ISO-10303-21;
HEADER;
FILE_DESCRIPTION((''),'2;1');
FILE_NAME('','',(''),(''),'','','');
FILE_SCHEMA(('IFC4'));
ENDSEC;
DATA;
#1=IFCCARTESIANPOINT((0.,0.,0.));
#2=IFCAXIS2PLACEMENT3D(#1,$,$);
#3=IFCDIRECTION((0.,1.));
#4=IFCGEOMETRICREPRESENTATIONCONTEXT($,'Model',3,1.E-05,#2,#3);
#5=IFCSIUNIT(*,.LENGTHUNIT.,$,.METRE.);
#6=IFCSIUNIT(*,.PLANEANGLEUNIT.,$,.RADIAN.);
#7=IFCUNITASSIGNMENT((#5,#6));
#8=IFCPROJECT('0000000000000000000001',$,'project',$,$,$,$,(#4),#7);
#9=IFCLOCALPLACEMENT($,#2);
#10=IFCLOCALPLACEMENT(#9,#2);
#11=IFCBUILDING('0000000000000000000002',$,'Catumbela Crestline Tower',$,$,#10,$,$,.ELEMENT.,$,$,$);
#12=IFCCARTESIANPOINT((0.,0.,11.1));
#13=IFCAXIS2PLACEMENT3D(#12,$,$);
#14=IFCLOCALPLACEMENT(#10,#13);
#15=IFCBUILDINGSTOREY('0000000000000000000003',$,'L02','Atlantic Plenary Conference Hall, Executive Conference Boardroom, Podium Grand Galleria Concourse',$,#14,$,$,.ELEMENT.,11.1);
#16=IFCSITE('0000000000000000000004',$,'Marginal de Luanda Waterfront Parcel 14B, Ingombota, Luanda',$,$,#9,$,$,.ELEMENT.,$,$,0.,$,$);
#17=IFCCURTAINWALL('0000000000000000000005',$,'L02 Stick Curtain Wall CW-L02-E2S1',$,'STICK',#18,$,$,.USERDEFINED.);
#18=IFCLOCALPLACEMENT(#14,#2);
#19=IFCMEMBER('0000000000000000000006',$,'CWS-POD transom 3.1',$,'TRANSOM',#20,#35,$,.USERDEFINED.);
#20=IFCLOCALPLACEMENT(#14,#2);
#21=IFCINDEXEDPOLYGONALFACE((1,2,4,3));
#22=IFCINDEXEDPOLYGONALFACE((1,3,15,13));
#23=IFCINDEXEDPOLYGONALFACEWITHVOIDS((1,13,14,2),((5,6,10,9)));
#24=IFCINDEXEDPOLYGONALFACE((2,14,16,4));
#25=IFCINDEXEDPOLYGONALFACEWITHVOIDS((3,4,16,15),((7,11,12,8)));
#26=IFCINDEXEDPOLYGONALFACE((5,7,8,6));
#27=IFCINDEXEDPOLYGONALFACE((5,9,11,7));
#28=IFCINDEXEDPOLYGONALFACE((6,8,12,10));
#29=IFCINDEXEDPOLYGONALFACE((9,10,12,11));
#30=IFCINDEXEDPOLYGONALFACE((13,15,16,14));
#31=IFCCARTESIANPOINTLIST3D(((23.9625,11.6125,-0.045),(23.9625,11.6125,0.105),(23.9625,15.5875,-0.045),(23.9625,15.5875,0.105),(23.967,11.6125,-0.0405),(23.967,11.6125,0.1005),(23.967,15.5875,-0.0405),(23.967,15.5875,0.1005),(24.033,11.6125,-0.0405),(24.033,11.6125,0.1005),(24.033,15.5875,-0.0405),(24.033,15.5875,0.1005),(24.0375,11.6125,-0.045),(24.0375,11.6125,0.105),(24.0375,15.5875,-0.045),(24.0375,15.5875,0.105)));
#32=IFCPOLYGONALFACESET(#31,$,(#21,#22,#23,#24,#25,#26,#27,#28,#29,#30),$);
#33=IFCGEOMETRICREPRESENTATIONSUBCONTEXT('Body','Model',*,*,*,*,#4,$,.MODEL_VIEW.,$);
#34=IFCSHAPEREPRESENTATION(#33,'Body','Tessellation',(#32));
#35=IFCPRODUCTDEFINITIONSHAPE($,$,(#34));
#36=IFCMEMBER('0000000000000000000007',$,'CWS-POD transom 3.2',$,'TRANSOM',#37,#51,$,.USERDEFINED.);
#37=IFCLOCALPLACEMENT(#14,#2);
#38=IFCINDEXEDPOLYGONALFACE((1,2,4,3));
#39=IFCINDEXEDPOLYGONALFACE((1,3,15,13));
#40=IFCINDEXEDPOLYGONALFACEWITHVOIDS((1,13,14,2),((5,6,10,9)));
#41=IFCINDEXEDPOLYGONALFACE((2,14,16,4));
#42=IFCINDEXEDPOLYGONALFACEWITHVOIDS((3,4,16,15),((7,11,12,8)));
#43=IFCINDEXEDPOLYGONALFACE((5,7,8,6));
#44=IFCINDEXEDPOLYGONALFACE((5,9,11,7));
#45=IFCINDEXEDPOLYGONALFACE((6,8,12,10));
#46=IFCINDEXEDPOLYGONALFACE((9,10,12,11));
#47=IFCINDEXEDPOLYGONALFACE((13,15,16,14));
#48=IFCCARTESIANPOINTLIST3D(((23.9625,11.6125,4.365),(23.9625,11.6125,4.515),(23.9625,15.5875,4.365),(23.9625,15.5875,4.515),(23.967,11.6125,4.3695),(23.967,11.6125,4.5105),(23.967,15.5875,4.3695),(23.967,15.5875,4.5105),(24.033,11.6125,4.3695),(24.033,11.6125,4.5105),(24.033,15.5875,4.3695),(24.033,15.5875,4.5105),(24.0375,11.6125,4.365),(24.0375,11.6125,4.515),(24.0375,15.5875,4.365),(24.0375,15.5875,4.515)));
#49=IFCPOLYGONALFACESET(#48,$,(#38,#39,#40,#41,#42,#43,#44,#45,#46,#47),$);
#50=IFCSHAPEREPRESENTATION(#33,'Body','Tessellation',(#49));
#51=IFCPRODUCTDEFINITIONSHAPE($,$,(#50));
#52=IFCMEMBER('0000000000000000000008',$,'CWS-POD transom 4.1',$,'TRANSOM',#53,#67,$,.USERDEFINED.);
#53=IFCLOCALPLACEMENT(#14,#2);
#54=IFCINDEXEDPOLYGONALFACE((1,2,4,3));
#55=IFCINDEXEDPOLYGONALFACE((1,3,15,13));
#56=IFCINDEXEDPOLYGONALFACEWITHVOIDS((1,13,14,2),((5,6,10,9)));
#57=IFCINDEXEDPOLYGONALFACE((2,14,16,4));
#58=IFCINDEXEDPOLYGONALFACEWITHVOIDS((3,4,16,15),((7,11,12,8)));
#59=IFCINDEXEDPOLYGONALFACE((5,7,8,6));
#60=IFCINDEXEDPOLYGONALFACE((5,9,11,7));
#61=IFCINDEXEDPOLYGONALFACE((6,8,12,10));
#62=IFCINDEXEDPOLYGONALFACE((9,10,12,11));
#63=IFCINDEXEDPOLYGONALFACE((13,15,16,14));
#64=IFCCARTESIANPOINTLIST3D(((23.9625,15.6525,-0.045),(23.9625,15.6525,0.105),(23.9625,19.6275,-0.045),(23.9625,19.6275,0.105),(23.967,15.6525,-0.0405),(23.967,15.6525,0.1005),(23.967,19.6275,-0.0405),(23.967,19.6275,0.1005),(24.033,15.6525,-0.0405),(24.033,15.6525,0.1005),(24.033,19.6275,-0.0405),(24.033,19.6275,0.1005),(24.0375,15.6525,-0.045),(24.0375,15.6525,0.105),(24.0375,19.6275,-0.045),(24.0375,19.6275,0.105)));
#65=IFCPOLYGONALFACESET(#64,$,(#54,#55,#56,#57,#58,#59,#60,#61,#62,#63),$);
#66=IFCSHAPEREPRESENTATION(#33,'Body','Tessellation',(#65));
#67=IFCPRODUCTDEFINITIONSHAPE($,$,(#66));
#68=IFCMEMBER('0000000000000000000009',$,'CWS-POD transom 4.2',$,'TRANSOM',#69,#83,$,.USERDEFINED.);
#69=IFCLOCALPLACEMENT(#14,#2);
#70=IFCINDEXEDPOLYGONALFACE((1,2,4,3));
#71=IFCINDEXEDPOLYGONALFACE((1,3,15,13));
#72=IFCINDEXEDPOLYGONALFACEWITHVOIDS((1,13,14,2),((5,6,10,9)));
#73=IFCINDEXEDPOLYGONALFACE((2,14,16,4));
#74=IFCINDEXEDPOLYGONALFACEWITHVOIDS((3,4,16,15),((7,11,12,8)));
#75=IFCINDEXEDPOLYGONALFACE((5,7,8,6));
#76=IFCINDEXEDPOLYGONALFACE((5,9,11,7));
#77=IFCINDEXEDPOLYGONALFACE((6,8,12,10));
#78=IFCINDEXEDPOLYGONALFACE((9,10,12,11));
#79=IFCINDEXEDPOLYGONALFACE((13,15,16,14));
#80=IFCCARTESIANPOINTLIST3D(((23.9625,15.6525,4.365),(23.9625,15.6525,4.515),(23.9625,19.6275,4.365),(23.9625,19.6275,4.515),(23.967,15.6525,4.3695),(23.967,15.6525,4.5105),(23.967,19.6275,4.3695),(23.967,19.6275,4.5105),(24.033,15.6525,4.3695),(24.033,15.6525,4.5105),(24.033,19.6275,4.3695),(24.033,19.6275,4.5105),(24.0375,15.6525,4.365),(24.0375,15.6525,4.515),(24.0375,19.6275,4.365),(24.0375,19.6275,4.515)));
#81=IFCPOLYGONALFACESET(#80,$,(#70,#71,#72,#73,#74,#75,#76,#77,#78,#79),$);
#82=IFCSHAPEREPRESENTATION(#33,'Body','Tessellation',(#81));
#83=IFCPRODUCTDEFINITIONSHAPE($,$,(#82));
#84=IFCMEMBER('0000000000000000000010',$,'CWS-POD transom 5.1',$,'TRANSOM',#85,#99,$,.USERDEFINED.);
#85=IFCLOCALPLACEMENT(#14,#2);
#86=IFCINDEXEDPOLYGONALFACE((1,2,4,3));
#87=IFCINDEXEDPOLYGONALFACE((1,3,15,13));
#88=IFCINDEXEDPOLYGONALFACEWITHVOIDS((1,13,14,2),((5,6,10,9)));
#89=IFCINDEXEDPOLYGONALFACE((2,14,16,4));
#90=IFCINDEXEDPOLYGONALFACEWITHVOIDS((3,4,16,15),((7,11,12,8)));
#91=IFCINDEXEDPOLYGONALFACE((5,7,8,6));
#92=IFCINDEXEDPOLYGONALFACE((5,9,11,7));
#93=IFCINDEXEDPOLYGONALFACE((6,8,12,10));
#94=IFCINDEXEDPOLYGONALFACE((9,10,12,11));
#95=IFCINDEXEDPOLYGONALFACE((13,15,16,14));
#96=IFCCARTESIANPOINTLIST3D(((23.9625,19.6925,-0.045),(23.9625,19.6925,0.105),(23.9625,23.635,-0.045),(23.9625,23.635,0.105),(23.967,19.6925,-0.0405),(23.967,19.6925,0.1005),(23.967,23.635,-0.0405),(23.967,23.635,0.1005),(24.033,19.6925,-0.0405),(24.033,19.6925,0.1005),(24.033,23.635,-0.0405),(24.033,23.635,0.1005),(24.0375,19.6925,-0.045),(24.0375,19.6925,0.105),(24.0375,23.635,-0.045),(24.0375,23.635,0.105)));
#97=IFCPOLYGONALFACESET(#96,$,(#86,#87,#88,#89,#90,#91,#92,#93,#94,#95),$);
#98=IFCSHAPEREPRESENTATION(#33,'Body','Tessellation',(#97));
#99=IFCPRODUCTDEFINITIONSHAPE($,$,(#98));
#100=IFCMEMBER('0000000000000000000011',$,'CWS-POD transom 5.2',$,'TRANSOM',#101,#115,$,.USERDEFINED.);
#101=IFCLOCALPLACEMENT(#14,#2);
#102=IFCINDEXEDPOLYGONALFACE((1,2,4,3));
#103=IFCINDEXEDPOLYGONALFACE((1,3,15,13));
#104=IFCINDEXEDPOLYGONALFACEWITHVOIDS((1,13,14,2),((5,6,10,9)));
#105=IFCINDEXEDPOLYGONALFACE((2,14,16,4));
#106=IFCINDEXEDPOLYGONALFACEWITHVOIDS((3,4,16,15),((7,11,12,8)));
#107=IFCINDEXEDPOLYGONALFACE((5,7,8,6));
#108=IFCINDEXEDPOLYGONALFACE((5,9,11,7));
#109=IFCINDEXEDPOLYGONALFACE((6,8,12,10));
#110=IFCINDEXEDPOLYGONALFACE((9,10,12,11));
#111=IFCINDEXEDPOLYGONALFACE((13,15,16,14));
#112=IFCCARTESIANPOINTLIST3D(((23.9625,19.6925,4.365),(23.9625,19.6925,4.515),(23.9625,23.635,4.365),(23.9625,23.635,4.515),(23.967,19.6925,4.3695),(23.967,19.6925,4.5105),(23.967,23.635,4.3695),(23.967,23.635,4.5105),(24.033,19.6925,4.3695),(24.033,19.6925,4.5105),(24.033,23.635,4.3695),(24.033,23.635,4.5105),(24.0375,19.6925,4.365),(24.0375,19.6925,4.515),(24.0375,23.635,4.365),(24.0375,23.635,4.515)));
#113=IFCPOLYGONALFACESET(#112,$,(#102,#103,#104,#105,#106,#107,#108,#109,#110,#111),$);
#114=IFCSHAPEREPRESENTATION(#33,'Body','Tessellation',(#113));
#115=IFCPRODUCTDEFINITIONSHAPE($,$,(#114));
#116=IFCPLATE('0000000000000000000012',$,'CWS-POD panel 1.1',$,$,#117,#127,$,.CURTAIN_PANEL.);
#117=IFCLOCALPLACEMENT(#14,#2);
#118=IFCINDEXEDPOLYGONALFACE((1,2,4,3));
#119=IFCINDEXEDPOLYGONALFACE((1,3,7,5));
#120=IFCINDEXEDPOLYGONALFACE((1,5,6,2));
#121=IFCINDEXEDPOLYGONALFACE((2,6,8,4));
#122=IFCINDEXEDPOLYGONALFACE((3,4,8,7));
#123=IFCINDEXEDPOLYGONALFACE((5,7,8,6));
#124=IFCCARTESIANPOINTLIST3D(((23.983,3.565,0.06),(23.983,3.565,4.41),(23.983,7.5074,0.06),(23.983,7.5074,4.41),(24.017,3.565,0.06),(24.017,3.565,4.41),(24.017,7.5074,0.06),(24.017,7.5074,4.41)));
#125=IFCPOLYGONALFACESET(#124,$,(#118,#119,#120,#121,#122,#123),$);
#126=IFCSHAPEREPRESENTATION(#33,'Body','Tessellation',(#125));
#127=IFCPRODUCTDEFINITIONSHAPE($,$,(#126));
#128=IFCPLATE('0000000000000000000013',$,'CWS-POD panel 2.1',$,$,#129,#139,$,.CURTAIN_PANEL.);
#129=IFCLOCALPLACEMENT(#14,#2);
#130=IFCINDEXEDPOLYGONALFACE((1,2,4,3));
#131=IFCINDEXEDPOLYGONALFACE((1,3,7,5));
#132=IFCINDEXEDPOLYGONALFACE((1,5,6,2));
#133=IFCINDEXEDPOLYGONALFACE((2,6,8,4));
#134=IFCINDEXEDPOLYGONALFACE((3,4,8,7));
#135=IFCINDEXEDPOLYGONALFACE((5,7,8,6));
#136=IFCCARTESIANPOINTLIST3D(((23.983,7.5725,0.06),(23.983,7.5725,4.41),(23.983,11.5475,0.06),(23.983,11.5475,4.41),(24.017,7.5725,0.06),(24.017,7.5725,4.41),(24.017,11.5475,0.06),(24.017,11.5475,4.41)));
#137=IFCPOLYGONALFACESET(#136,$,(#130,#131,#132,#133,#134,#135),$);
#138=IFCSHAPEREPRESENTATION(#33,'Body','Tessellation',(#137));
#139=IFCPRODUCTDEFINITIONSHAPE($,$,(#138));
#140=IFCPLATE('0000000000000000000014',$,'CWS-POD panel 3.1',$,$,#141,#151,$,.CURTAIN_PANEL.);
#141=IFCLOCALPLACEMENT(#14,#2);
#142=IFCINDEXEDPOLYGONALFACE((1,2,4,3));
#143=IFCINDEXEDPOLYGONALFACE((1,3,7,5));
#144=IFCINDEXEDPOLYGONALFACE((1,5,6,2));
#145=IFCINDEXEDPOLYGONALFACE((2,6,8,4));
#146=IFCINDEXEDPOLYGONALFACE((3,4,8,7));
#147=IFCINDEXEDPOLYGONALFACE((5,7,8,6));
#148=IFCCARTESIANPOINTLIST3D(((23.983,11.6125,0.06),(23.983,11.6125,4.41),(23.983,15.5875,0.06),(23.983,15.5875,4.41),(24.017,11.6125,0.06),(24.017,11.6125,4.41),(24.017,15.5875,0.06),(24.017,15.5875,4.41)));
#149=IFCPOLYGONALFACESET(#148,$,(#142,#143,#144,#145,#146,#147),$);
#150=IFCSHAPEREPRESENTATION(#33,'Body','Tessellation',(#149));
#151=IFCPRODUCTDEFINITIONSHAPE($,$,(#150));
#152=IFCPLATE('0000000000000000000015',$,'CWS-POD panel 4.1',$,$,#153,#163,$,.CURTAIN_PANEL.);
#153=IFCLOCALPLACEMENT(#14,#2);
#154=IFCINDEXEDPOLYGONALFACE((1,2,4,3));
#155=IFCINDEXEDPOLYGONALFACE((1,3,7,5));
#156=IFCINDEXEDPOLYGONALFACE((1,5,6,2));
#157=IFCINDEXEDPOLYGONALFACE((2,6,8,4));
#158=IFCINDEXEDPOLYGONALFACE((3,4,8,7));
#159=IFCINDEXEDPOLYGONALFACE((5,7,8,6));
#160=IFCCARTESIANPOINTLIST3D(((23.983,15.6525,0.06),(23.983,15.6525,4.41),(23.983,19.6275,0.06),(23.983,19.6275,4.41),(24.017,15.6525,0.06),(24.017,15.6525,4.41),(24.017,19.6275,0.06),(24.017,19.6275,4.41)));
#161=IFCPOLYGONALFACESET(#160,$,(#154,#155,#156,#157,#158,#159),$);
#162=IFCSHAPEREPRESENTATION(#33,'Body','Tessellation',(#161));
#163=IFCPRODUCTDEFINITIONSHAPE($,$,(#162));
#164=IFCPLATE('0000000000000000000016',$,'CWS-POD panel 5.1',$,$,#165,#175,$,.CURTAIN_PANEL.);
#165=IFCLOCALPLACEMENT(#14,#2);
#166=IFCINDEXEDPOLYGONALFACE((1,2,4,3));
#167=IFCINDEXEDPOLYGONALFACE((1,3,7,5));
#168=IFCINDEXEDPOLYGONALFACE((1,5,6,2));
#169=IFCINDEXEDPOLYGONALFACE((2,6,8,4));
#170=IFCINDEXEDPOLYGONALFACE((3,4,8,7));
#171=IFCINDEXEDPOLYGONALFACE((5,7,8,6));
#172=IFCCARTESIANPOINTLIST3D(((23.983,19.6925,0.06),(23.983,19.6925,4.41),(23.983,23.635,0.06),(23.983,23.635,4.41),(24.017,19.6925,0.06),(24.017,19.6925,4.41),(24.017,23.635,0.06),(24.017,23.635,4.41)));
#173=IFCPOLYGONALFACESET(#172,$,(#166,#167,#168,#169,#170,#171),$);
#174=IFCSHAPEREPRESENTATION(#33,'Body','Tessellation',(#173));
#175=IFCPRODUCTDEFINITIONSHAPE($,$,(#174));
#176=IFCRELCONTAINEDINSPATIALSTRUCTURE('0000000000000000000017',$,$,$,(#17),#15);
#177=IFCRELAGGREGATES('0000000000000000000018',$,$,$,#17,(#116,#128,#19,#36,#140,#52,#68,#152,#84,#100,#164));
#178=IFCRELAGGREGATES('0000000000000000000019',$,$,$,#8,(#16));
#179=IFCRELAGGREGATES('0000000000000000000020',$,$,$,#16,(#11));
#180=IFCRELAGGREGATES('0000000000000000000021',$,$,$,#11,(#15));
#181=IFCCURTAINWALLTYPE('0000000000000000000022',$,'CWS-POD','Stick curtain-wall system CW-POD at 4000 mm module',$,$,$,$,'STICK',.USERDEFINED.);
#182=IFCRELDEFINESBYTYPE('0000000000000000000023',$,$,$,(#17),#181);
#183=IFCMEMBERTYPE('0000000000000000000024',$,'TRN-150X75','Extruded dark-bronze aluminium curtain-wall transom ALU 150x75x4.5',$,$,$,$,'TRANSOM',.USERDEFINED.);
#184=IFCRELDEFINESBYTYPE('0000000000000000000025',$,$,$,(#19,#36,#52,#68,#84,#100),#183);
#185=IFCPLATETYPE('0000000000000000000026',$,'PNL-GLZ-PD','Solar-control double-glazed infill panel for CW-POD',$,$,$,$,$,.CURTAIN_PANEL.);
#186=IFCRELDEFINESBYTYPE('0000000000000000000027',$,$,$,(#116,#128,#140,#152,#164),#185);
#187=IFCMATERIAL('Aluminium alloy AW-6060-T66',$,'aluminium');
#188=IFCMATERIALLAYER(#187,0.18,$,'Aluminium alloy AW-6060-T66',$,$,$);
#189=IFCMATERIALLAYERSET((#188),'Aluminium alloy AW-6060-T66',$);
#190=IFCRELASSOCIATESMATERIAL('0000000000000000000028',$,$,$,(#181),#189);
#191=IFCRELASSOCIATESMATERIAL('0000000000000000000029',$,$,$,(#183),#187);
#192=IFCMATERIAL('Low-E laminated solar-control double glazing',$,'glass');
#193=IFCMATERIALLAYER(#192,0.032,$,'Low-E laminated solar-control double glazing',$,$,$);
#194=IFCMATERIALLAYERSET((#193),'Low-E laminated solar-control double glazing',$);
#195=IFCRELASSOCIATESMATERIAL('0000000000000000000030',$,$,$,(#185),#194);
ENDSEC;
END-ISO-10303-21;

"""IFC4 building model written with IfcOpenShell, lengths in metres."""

from ifc_helpers import new_model, si_unit, direction, frame, origin, origin_2d, place, context, subcontext, project, spatial, rectangle, hollow_rectangle, extrude, material, layer, layer_set, material_profile, profile_set, type_object, element, aggregate, save


model = new_model("IFC4")

# Units and contexts
model_context = context("Model", 3, precision=1e-05, world=origin(), true_north=direction((0.0, 1.0)))
body_context = subcontext(model_context, "Body", "Model", "MODEL_VIEW")
ifc_project = project(units=[si_unit("LENGTHUNIT", "METRE"), si_unit("PLANEANGLEUNIT", "RADIAN")], contexts=[model_context])

# Site, building, storey
site_placement = place(None, origin())
site = spatial("IfcSite", under=ifc_project, at=site_placement, Name="Marginal de Luanda Waterfront Parcel 14B, Ingombota, Luanda", CompositionType="ELEMENT", RefElevation=0.0)
building_placement = place(site_placement, origin())
building = spatial("IfcBuilding", under=site, at=building_placement, Name="Catumbela Crestline Tower", CompositionType="ELEMENT")
storey_placement = place(building_placement, frame((0.0, 0.0, 11.1)))
storey = spatial("IfcBuildingStorey", under=building, at=storey_placement, Name="L02", Description="Atlantic Plenary Conference Hall, Executive Conference Boardroom, Podium Grand Galleria Concourse", CompositionType="ELEMENT", Elevation=11.1)

# Curtain wall, members, plates
ifc_material_1 = material(Name="Aluminium alloy AW-6060-T66", Category="aluminium")
ifc_layer_1 = layer(ifc_material_1, 0.18, Name="Aluminium alloy AW-6060-T66")
ifc_layer_set_1 = layer_set([ifc_layer_1], Name="Aluminium alloy AW-6060-T66")
curtain_wall_type = type_object("IfcCurtainWallType", Name="CWS-POD", Description="Stick curtain-wall system CW-POD at 4000 mm module", ElementType="STICK", PredefinedType="USERDEFINED", material=ifc_layer_set_1)
curtain_wall_placement = place(storey_placement, origin())
curtain_wall = element("IfcCurtainWall", 1, at=curtain_wall_placement, inside=storey, type_object=curtain_wall_type, Name="L02 Stick Curtain Wall CW-L02-E2S1", ObjectType="STICK", PredefinedType="USERDEFINED")
ifc_material_profile_1 = material_profile(ifc_material_1, hollow_rectangle(XDim=0.075, YDim=0.15, WallThickness=0.0045, at=origin_2d()), Name="ALU 150x75x4.5")
ifc_profile_set_1 = profile_set([ifc_material_profile_1], Name="Aluminium alloy AW-6060-T66")
member_type_1 = type_object("IfcMemberType", Name="TRN-150X75", Description="Extruded dark-bronze aluminium curtain-wall transom ALU 150x75x4.5", ElementType="TRANSOM", PredefinedType="USERDEFINED", material=ifc_profile_set_1)
member_1_placement = place(storey_placement, frame((24.0, 11.6125, 0.03), z_axis=(0.0, 1.0, 0.0), x_axis=(-1.0, 0.0, 0.0)))
member_1 = element("IfcMember", 2, at=member_1_placement, type_object=member_type_1, Name="CWS-POD transom 3.1", ObjectType="TRANSOM", PredefinedType="USERDEFINED", context=body_context, shape_type="SweptSolid", body=[
    extrude(hollow_rectangle(XDim=0.075, YDim=0.15, WallThickness=0.0045, at=origin_2d()), origin(), (0.0, 0.0, 1.0), 3.975),
])
member_2_placement = place(storey_placement, frame((24.0, 11.6125, 4.44), z_axis=(0.0, 1.0, 0.0), x_axis=(-1.0, 0.0, 0.0)))
member_2 = element("IfcMember", 3, at=member_2_placement, type_object=member_type_1, Name="CWS-POD transom 3.2", ObjectType="TRANSOM", PredefinedType="USERDEFINED", context=body_context, shape_type="SweptSolid", body=[
    extrude(hollow_rectangle(XDim=0.075, YDim=0.15, WallThickness=0.0045, at=origin_2d()), origin(), (0.0, 0.0, 1.0), 3.975),
])
member_3_placement = place(storey_placement, frame((24.0, 15.6525, 0.03), z_axis=(0.0, 1.0, 0.0), x_axis=(-1.0, 0.0, 0.0)))
member_3 = element("IfcMember", 4, at=member_3_placement, type_object=member_type_1, Name="CWS-POD transom 4.1", ObjectType="TRANSOM", PredefinedType="USERDEFINED", context=body_context, shape_type="SweptSolid", body=[
    extrude(hollow_rectangle(XDim=0.075, YDim=0.15, WallThickness=0.0045, at=origin_2d()), origin(), (0.0, 0.0, 1.0), 3.975),
])
member_4_placement = place(storey_placement, frame((24.0, 15.6525, 4.44), z_axis=(0.0, 1.0, 0.0), x_axis=(-1.0, 0.0, 0.0)))
member_4 = element("IfcMember", 5, at=member_4_placement, type_object=member_type_1, Name="CWS-POD transom 4.2", ObjectType="TRANSOM", PredefinedType="USERDEFINED", context=body_context, shape_type="SweptSolid", body=[
    extrude(hollow_rectangle(XDim=0.075, YDim=0.15, WallThickness=0.0045, at=origin_2d()), origin(), (0.0, 0.0, 1.0), 3.975),
])
member_5_placement = place(storey_placement, frame((24.0, 19.6925, 0.03), z_axis=(0.0, 1.0, 0.0), x_axis=(-1.0, 0.0, 0.0)))
member_5 = element("IfcMember", 6, at=member_5_placement, type_object=member_type_1, Name="CWS-POD transom 5.1", ObjectType="TRANSOM", PredefinedType="USERDEFINED", context=body_context, shape_type="SweptSolid", body=[
    extrude(hollow_rectangle(XDim=0.075, YDim=0.15, WallThickness=0.0045, at=origin_2d()), origin(), (0.0, 0.0, 1.0), 3.9425),
])
member_6_placement = place(storey_placement, frame((24.0, 19.6925, 4.44), z_axis=(0.0, 1.0, 0.0), x_axis=(-1.0, 0.0, 0.0)))
member_6 = element("IfcMember", 7, at=member_6_placement, type_object=member_type_1, Name="CWS-POD transom 5.2", ObjectType="TRANSOM", PredefinedType="USERDEFINED", context=body_context, shape_type="SweptSolid", body=[
    extrude(hollow_rectangle(XDim=0.075, YDim=0.15, WallThickness=0.0045, at=origin_2d()), origin(), (0.0, 0.0, 1.0), 3.9425),
])
ifc_material_2 = material(Name="Low-E laminated solar-control double glazing", Category="glass")
ifc_layer_2 = layer(ifc_material_2, 0.032, Name="Low-E laminated solar-control double glazing")
ifc_layer_set_2 = layer_set([ifc_layer_2], Name="Low-E laminated solar-control double glazing")
plate_type = type_object("IfcPlateType", Name="PNL-GLZ-PD", Description="Solar-control double-glazed infill panel for CW-POD", PredefinedType="CURTAIN_PANEL", material=ifc_layer_set_2)
plate_1_placement = place(storey_placement, frame((24.0, 5.5362, 0.06), z_axis=(0.0, 0.0, 1.0), x_axis=(0.0, 1.0, 0.0)))
plate_1 = element("IfcPlate", 8, at=plate_1_placement, type_object=plate_type, Name="CWS-POD panel 1.1", PredefinedType="CURTAIN_PANEL", context=body_context, shape_type="SweptSolid", body=[
    extrude(rectangle(XDim=3.9425, YDim=0.034, at=origin_2d()), origin(), (0.0, 0.0, 1.0), 4.35),
])
plate_2_placement = place(storey_placement, frame((24.0, 9.56, 0.06), z_axis=(0.0, 0.0, 1.0), x_axis=(0.0, 1.0, 0.0)))
plate_2 = element("IfcPlate", 9, at=plate_2_placement, type_object=plate_type, Name="CWS-POD panel 2.1", PredefinedType="CURTAIN_PANEL", context=body_context, shape_type="SweptSolid", body=[
    extrude(rectangle(XDim=3.975, YDim=0.034, at=origin_2d()), origin(), (0.0, 0.0, 1.0), 4.35),
])
plate_3_placement = place(storey_placement, frame((24.0, 13.6, 0.06), z_axis=(0.0, 0.0, 1.0), x_axis=(0.0, 1.0, 0.0)))
plate_3 = element("IfcPlate", 10, at=plate_3_placement, type_object=plate_type, Name="CWS-POD panel 3.1", PredefinedType="CURTAIN_PANEL", context=body_context, shape_type="SweptSolid", body=[
    extrude(rectangle(XDim=3.975, YDim=0.034, at=origin_2d()), origin(), (0.0, 0.0, 1.0), 4.35),
])
plate_4_placement = place(storey_placement, frame((24.0, 17.64, 0.06), z_axis=(0.0, 0.0, 1.0), x_axis=(0.0, 1.0, 0.0)))
plate_4 = element("IfcPlate", 11, at=plate_4_placement, type_object=plate_type, Name="CWS-POD panel 4.1", PredefinedType="CURTAIN_PANEL", context=body_context, shape_type="SweptSolid", body=[
    extrude(rectangle(XDim=3.975, YDim=0.034, at=origin_2d()), origin(), (0.0, 0.0, 1.0), 4.35),
])
plate_5_placement = place(storey_placement, frame((24.0, 21.6638, 0.06), z_axis=(0.0, 0.0, 1.0), x_axis=(0.0, 1.0, 0.0)))
plate_5 = element("IfcPlate", 12, at=plate_5_placement, type_object=plate_type, Name="CWS-POD panel 5.1", PredefinedType="CURTAIN_PANEL", context=body_context, shape_type="SweptSolid", body=[
    extrude(rectangle(XDim=3.9425, YDim=0.034, at=origin_2d()), origin(), (0.0, 0.0, 1.0), 4.35),
])
aggregate(curtain_wall, [plate_1, plate_2, member_1, member_2, plate_3, member_3, member_4, plate_4, member_5, member_6, plate_5])

save(model, "model.ifc")
